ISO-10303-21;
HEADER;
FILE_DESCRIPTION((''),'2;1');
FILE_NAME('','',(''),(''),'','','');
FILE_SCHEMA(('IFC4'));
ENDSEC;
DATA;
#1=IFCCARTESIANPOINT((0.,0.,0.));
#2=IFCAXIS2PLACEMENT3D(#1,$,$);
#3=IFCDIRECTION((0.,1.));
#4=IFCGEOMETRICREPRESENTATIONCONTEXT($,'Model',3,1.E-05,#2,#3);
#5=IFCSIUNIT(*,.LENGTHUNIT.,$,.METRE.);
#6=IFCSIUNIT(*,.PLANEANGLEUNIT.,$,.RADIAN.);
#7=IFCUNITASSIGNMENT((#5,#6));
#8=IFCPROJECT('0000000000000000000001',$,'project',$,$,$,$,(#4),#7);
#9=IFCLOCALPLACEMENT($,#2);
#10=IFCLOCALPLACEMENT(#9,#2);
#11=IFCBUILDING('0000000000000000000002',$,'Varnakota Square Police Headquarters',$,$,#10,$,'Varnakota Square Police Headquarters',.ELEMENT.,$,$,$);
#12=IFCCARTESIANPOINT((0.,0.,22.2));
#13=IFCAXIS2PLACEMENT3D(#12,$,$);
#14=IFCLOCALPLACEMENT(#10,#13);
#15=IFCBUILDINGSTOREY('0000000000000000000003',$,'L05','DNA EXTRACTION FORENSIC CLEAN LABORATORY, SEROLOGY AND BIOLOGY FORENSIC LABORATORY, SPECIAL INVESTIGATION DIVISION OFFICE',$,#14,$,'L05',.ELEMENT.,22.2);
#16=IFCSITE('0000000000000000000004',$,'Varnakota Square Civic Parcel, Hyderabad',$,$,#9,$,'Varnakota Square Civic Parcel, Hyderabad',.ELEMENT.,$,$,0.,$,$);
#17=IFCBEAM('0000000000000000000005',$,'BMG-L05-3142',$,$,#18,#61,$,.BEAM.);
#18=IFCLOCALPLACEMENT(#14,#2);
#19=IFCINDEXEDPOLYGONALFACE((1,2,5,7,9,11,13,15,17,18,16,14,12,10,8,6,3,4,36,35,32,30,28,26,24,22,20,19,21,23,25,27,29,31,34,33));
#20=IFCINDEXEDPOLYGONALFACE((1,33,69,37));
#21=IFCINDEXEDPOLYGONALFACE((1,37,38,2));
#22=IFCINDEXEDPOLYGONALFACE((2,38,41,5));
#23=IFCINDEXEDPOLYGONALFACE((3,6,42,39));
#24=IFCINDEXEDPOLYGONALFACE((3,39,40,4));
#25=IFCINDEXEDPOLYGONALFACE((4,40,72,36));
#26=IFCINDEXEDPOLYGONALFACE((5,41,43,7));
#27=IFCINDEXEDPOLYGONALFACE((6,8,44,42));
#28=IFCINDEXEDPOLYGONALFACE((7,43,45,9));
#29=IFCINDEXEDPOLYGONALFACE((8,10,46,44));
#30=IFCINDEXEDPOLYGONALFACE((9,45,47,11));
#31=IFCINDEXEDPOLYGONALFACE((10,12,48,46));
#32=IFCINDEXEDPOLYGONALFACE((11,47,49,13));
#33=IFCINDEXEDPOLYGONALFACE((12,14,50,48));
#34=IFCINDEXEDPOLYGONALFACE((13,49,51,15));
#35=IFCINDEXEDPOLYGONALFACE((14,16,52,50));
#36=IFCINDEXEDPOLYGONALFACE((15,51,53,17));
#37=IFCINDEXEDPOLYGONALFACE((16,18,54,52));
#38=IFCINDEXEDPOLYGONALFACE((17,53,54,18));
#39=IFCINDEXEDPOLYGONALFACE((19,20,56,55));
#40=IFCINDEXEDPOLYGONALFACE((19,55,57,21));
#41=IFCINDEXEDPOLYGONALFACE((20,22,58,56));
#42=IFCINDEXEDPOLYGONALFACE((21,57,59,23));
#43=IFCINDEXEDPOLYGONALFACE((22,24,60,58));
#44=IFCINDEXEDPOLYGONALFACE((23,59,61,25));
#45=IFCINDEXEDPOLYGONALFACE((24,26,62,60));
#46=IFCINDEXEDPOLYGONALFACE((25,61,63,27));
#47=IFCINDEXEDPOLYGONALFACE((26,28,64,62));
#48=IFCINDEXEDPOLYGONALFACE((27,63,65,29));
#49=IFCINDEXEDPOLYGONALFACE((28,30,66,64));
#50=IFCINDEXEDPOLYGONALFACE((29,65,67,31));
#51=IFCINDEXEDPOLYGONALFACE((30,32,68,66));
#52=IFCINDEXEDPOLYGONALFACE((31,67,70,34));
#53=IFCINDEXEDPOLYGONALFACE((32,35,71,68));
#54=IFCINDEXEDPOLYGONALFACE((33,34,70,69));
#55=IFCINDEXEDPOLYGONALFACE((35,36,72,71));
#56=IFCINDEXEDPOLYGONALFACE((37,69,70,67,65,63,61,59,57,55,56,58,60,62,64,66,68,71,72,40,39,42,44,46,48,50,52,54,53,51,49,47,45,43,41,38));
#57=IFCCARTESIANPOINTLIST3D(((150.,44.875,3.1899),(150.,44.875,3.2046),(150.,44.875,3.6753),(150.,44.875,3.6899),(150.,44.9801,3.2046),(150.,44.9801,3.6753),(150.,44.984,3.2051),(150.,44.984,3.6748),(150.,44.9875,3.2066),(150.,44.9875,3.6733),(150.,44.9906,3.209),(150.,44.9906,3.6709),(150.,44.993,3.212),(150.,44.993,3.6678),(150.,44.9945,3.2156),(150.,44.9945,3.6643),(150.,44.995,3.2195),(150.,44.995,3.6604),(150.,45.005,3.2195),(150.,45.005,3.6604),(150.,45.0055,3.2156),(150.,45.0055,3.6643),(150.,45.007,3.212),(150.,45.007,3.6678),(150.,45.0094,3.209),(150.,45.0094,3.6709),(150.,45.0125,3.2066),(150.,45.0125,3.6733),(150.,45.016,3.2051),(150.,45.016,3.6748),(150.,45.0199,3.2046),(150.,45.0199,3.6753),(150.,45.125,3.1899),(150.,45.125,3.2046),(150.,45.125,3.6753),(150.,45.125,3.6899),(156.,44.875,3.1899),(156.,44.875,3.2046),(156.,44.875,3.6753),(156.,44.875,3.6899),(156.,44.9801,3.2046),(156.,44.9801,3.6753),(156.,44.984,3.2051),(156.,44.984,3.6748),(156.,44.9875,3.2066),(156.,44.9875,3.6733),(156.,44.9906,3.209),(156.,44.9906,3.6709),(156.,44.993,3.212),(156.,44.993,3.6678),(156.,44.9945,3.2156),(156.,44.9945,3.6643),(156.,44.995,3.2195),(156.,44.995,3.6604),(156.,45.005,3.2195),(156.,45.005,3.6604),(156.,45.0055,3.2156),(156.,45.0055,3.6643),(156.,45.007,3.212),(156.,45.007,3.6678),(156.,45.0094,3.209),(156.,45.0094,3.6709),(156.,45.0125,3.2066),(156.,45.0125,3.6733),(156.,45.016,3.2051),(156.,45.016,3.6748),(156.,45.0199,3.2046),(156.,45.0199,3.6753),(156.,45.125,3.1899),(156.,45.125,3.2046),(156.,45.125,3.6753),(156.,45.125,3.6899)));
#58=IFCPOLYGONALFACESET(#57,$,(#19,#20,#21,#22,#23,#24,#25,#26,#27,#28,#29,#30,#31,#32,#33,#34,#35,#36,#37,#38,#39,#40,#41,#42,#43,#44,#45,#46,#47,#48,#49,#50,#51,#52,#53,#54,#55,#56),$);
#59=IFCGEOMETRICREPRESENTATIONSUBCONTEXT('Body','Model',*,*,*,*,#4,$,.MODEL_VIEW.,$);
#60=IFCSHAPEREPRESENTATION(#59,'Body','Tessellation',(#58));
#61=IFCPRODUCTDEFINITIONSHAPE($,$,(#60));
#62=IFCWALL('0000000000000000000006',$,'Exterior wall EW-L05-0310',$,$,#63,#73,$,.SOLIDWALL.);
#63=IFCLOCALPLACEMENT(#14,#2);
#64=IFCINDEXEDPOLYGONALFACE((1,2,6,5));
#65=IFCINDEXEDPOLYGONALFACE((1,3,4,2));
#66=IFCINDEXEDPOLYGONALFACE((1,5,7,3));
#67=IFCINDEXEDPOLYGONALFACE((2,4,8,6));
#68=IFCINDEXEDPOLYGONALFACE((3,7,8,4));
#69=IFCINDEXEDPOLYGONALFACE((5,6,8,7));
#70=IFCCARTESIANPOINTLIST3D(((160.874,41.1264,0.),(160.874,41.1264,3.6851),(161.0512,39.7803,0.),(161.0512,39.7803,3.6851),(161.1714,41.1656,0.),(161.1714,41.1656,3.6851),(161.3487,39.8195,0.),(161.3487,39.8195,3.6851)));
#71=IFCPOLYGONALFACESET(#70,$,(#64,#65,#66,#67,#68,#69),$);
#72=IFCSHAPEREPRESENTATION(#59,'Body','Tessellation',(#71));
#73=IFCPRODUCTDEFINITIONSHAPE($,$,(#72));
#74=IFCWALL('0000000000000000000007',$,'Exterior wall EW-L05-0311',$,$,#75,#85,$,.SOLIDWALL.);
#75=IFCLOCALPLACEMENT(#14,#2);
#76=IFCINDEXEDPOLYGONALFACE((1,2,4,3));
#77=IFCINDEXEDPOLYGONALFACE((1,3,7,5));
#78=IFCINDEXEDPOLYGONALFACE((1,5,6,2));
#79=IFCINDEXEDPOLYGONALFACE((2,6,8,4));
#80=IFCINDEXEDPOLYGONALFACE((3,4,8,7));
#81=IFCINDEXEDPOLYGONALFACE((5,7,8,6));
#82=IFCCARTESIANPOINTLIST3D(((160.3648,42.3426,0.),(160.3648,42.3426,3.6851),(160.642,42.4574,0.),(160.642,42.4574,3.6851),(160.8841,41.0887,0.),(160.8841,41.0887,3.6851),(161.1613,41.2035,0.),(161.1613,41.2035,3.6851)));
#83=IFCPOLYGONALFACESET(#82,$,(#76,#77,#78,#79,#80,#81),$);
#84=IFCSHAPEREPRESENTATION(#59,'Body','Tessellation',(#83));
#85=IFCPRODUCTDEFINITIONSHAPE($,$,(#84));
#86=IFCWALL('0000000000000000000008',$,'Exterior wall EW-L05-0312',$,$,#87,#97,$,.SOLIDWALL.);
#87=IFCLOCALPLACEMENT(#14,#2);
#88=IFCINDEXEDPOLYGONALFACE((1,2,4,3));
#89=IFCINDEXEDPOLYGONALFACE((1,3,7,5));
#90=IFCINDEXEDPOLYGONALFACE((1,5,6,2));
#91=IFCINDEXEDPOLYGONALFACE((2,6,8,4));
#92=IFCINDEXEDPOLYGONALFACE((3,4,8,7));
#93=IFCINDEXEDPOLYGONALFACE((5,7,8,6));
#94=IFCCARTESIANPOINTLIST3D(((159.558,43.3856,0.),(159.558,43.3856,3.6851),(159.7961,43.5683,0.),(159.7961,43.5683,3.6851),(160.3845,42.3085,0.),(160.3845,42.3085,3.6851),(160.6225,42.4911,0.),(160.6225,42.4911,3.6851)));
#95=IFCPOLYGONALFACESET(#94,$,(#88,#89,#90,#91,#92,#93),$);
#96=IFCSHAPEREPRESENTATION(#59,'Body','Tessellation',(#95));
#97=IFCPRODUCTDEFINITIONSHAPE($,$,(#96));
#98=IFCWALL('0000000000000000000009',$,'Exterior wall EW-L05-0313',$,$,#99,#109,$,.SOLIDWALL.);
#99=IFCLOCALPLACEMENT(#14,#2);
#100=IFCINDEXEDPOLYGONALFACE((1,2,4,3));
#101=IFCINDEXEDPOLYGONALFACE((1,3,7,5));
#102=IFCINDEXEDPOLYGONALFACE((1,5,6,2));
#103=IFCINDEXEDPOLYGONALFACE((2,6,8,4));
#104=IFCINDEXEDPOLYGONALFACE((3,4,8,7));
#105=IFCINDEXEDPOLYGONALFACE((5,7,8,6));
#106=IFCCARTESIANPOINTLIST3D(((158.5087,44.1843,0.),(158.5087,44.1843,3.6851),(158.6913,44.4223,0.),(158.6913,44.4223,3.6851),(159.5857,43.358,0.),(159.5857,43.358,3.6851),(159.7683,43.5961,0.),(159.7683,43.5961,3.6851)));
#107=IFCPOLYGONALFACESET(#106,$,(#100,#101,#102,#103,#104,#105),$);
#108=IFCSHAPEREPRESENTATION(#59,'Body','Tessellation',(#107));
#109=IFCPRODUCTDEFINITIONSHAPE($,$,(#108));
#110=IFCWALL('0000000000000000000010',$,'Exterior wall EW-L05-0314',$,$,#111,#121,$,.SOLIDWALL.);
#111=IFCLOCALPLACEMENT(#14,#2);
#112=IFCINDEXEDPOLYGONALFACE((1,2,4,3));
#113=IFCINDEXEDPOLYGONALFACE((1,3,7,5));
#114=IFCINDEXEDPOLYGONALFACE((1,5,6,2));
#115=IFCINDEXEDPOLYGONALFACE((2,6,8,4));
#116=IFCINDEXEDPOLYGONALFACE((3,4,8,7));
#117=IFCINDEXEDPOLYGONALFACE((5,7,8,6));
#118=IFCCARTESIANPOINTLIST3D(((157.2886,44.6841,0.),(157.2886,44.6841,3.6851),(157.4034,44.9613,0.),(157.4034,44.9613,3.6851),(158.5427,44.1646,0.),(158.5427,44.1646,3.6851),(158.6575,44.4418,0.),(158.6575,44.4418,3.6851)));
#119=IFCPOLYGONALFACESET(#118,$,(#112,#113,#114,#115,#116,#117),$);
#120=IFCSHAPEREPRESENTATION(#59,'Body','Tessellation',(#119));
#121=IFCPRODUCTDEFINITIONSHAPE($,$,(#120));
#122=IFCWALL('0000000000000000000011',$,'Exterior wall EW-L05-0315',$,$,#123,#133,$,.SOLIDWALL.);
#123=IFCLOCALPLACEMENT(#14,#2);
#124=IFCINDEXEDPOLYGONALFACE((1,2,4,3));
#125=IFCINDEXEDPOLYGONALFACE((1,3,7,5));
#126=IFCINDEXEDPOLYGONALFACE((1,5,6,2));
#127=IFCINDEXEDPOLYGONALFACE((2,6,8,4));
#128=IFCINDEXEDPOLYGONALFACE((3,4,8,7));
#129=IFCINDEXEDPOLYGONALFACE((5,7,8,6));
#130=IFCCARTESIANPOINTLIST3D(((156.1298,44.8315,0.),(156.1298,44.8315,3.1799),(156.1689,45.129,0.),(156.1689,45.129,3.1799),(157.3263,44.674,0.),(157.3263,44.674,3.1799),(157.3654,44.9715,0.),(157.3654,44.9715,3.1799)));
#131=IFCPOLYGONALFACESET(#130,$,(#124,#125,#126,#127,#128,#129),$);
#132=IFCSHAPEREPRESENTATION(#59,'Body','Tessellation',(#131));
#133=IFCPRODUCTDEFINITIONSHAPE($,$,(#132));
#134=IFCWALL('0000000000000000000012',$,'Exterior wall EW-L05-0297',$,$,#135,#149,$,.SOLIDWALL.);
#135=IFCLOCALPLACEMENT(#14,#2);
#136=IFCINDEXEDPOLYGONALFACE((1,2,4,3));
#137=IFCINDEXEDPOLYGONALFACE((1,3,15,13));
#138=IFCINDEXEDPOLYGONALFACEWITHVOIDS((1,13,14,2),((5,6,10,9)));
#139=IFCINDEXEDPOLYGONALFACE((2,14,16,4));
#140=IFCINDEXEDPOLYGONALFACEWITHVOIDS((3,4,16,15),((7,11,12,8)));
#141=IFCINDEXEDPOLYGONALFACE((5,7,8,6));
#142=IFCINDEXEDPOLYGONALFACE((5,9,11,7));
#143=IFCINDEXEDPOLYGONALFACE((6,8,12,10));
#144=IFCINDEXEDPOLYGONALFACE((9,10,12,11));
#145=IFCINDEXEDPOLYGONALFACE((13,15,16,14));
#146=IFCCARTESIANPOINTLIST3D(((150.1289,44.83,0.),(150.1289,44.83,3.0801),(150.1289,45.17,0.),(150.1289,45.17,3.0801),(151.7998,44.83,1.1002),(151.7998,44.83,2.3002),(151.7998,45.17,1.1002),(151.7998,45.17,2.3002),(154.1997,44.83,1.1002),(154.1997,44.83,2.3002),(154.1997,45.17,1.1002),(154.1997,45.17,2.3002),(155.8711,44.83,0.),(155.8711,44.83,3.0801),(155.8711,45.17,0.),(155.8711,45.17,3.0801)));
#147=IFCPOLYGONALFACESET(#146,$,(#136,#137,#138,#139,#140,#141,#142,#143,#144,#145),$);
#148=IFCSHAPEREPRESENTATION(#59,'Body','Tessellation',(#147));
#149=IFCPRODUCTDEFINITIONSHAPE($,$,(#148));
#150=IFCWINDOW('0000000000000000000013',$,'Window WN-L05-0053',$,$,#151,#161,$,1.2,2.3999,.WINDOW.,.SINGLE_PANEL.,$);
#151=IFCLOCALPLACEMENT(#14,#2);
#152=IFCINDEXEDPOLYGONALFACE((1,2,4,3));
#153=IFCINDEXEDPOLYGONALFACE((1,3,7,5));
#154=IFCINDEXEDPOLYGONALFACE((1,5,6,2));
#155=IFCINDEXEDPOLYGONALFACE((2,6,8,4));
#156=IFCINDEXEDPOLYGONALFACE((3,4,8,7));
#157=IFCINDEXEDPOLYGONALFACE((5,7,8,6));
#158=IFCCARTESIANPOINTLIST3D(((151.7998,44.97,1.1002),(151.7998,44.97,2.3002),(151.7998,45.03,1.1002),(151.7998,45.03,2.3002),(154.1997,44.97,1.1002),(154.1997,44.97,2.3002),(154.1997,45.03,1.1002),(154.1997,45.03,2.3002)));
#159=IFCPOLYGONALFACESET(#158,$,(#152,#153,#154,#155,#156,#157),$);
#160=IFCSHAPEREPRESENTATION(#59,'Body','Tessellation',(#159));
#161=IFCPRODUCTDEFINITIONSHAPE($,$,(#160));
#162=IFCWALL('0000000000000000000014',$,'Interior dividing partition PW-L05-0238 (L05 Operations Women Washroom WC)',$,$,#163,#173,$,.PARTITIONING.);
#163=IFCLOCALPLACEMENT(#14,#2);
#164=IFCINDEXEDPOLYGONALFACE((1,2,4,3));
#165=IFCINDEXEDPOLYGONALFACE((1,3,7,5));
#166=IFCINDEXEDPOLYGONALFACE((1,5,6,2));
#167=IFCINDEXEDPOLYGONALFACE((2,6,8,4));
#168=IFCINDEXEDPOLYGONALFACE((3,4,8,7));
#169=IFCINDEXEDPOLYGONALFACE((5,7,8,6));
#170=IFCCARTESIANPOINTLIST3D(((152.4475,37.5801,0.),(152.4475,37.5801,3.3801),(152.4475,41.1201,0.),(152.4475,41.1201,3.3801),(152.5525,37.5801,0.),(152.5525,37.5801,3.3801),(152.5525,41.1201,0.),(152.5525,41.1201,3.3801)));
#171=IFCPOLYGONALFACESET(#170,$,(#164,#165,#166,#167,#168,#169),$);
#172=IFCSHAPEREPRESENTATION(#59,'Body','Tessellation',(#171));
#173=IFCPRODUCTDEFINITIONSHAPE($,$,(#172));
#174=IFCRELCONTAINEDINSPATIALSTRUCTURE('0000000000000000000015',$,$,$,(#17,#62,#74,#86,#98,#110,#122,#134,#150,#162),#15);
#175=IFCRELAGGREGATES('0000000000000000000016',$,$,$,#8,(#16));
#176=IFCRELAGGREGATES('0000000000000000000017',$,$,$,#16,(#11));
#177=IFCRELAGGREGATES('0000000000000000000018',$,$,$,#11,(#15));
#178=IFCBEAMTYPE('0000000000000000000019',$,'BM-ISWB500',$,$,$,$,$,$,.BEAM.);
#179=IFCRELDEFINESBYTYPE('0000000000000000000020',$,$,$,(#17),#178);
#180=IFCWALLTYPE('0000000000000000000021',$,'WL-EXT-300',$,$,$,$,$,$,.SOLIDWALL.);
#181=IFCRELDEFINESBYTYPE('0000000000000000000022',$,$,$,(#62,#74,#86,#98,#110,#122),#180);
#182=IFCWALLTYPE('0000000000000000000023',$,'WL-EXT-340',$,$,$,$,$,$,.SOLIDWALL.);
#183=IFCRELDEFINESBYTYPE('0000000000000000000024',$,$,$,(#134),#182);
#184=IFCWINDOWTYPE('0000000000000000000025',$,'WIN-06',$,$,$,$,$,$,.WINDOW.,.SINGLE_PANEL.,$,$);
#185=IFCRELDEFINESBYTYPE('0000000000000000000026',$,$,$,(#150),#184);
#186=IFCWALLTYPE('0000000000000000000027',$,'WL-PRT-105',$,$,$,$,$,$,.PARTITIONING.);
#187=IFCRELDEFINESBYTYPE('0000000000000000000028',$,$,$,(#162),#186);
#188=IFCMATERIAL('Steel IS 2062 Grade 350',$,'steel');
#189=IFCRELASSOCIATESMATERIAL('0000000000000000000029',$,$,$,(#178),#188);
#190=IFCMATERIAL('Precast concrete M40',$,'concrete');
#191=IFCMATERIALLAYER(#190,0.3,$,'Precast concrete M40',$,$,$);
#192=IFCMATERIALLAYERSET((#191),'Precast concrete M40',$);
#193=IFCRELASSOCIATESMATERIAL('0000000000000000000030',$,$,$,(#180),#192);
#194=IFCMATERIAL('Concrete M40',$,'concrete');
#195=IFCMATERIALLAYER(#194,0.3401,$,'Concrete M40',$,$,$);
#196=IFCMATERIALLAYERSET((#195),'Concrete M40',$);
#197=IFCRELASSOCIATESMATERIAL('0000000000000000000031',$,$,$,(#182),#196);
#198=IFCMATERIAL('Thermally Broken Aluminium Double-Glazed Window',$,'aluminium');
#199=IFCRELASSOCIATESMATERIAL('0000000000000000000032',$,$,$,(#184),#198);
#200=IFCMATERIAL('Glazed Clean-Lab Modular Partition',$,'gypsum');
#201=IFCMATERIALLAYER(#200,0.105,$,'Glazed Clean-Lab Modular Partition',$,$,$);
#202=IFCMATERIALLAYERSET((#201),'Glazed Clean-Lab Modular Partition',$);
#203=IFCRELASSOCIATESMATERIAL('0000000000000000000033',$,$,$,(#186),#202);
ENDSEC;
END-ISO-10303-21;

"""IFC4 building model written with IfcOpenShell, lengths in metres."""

from ifc_helpers import new_model, si_unit, direction, frame, frame_2d, origin, origin_2d, place, context, subcontext, project, spatial, rectangle, i_section, extrude, material, layer, layer_set, material_profile, profile_set, type_object, element, fill, save


model = new_model("IFC4")

# Units and contexts
model_context = context("Model", 3, precision=1e-05, world=origin(), true_north=direction((0.0, 1.0)))
body_context = subcontext(model_context, "Body", "Model", "MODEL_VIEW")
ifc_project = project(units=[si_unit("LENGTHUNIT", "METRE"), si_unit("PLANEANGLEUNIT", "RADIAN")], contexts=[model_context])

# Site, building, storey
site_placement = place(None, origin())
site = spatial("IfcSite", under=ifc_project, at=site_placement, Name="Varnakota Square Civic Parcel, Hyderabad", LongName="Varnakota Square Civic Parcel, Hyderabad", CompositionType="ELEMENT", RefElevation=0.0)
building_placement = place(site_placement, origin())
building = spatial("IfcBuilding", under=site, at=building_placement, Name="Varnakota Square Police Headquarters", LongName="Varnakota Square Police Headquarters", CompositionType="ELEMENT")
storey_placement = place(building_placement, frame((0.0, 0.0, 22.2)))
storey = spatial("IfcBuildingStorey", under=building, at=storey_placement, Name="L05", Description="DNA EXTRACTION FORENSIC CLEAN LABORATORY, SEROLOGY AND BIOLOGY FORENSIC LABORATORY, SPECIAL INVESTIGATION DIVISION OFFICE", LongName="L05", CompositionType="ELEMENT", Elevation=22.2)

# Shared definitions
ifc_material_1 = material(Name="Steel IS 2062 Grade 350", Category="steel")

# Beam
ifc_material_profile_1 = material_profile(ifc_material_1, i_section(OverallWidth=0.25, OverallDepth=0.5, WebThickness=0.01, FlangeThickness=0.0146, FilletRadius=0.0149, at=origin_2d()), Name="ISWB 500")
ifc_profile_set_1 = profile_set([ifc_material_profile_1], Name="Steel IS 2062 Grade 350")
beam_type_1 = type_object("IfcBeamType", Name="BM-ISWB500", PredefinedType="BEAM", material=ifc_profile_set_1)
beam_1_placement = place(storey_placement, frame((150.0, 45.0, 3.4399), z_axis=(1.0, 0.0, 0.0), x_axis=(0.0, 1.0, 0.0)))
element("IfcBeam", 1, at=beam_1_placement, inside=storey, type_object=beam_type_1, Name="BMG-L05-3142", PredefinedType="BEAM", context=body_context, shape_type="SweptSolid", body=[
    extrude(i_section(OverallWidth=0.25, OverallDepth=0.5, WebThickness=0.01, FlangeThickness=0.0146, FilletRadius=0.0149, at=origin_2d()), origin(), (0.0, 0.0, 1.0), 6.0),
])

# Walls
ifc_material_2 = material(Name="Precast concrete M40", Category="concrete")
ifc_layer_1 = layer(ifc_material_2, 0.3, Name="Precast concrete M40")
ifc_layer_set_1 = layer_set([ifc_layer_1], Name="Precast concrete M40")
wall_type_1 = type_object("IfcWallType", Name="WL-EXT-300", PredefinedType="SOLIDWALL", material=ifc_layer_set_1)
wall_1_placement = place(storey_placement, frame((161.2, 39.8, 0.0), z_axis=(0.0, 0.0, 1.0), x_axis=(-0.130562, 0.99144, 0.0)))
element("IfcWall", 2, at=wall_1_placement, inside=storey, type_object=wall_type_1, Name="Exterior wall EW-L05-0310", PredefinedType="SOLIDWALL", context=body_context, shape_type="SweptSolid", body=[
    extrude(rectangle(XDim=1.3577, YDim=0.3, at=frame_2d((0.6787, 0.0))), origin(), (0.0, 0.0, 1.0), 3.6851),
])
wall_2_placement = place(storey_placement, frame((161.0227, 41.146, 0.0), z_axis=(0.0, 0.0, 1.0), x_axis=(-0.382622, 0.923905, 0.0)))
element("IfcWall", 3, at=wall_2_placement, inside=storey, type_object=wall_type_1, Name="Exterior wall EW-L05-0311", PredefinedType="SOLIDWALL", context=body_context, shape_type="SweptSolid", body=[
    extrude(rectangle(XDim=1.3572, YDim=0.3, at=frame_2d((0.6787, 0.0))), origin(), (0.0, 0.0, 1.0), 3.6851),
])
wall_3_placement = place(storey_placement, frame((160.5034, 42.3999, 0.0), z_axis=(0.0, 0.0, 1.0), x_axis=(-0.608711, 0.793392, 0.0)))
element("IfcWall", 4, at=wall_3_placement, inside=storey, type_object=wall_type_1, Name="Exterior wall EW-L05-0312", PredefinedType="SOLIDWALL", context=body_context, shape_type="SweptSolid", body=[
    extrude(rectangle(XDim=1.3577, YDim=0.3, at=frame_2d((0.6787, 0.0))), origin(), (0.0, 0.0, 1.0), 3.6851),
])
for number, where, z_axis, x_axis, name in (
    (5, (159.677, 43.4771, 0.0), (0.0, 0.0, 1.0), (-0.793412, 0.608685, 0.0), "Exterior wall EW-L05-0313"),
    (6, (158.6001, 44.3032, 0.0), (0.0, 0.0, 1.0), (-0.923868, 0.382712, 0.0), "Exterior wall EW-L05-0314"),
):
    element("IfcWall", number, at=place(storey_placement, frame(where, z_axis=z_axis, x_axis=x_axis)), inside=storey, type_object=wall_type_1, Name=name, PredefinedType="SOLIDWALL", context=body_context, shape_type="SweptSolid", body=[
        extrude(rectangle(XDim=1.3574, YDim=0.3, at=frame_2d((0.6787, 0.0))), origin(), (0.0, 0.0, 1.0), 3.6851),
    ])
wall_4_placement = place(storey_placement, frame((157.3459, 44.8228, 0.0), z_axis=(0.0, 0.0, 1.0), x_axis=(-0.991451, 0.130481, 0.0)))
element("IfcWall", 7, at=wall_4_placement, inside=storey, type_object=wall_type_1, Name="Exterior wall EW-L05-0315", PredefinedType="SOLIDWALL", context=body_context, shape_type="SweptSolid", body=[
    extrude(rectangle(XDim=1.2068, YDim=0.3, at=frame_2d((0.6035, 0.0))), origin(), (0.0, 0.0, 1.0), 3.1799),
])

# Wall, opening, window
ifc_material_3 = material(Name="Concrete M40", Category="concrete")
ifc_layer_2 = layer(ifc_material_3, 0.3401, Name="Concrete M40")
ifc_layer_set_2 = layer_set([ifc_layer_2], Name="Concrete M40")
wall_type_2 = type_object("IfcWallType", Name="WL-EXT-340", PredefinedType="SOLIDWALL", material=ifc_layer_set_2)
wall_5_placement = place(storey_placement, frame((150.1289, 45.0, 0.0), z_axis=(0.0, 0.0, 1.0), x_axis=(1.0, 0.0, 0.0)))
wall_5 = element("IfcWall", 8, at=wall_5_placement, inside=storey, type_object=wall_type_2, Name="Exterior wall EW-L05-0297", PredefinedType="SOLIDWALL", context=body_context, shape_type="SweptSolid", body=[
    extrude(rectangle(XDim=5.7422, YDim=0.3401, at=frame_2d((2.8711, 0.0))), origin(), (0.0, 0.0, 1.0), 3.0801),
])
opening_1_placement = place(wall_5_placement, frame((1.6709, 0.0, 1.1001)))
opening_1 = element("IfcOpeningElement", 9, at=opening_1_placement, cuts=wall_5, PredefinedType="OPENING", context=body_context, shape_type="SweptSolid", body=[
    extrude(rectangle(XDim=2.3999, YDim=1.2, at=frame_2d((1.2, 0.6001))), frame((0.0, 0.1799, 0.0), z_axis=(0.0, -1.0, 0.0), x_axis=(1.0, 0.0, 0.0)), (0.0, 0.0, 1.0), 0.3601),
])
ifc_material_4 = material(Name="Thermally Broken Aluminium Double-Glazed Window", Category="aluminium")
window_type = type_object("IfcWindowType", Name="WIN-06", PartitioningType="SINGLE_PANEL", PredefinedType="WINDOW", material=ifc_material_4)
window_placement = place(opening_1_placement, origin())
window = element("IfcWindow", 10, at=window_placement, inside=storey, type_object=window_type, Name="Window WN-L05-0053", OverallHeight=1.2, OverallWidth=2.3999, PartitioningType="SINGLE_PANEL", PredefinedType="WINDOW", context=body_context, shape_type="SweptSolid", body=[
    extrude(rectangle(XDim=2.3999, YDim=1.2, at=frame_2d((1.2, 0.6001))), frame((0.0, 0.03, 0.0), z_axis=(0.0, -1.0, 0.0), x_axis=(1.0, 0.0, 0.0)), (0.0, 0.0, 1.0), 0.0601),
])
fill(opening_1, window)

# Wall
ifc_material_5 = material(Name="Glazed Clean-Lab Modular Partition", Category="gypsum")
ifc_layer_3 = layer(ifc_material_5, 0.105, Name="Glazed Clean-Lab Modular Partition")
ifc_layer_set_3 = layer_set([ifc_layer_3], Name="Glazed Clean-Lab Modular Partition")
wall_type_3 = type_object("IfcWallType", Name="WL-PRT-105", PredefinedType="PARTITIONING", material=ifc_layer_set_3)
wall_6_placement = place(storey_placement, frame((152.5, 41.1201, 0.0), z_axis=(0.0, 0.0, 1.0), x_axis=(0.0, -1.0, 0.0)))
element("IfcWall", 11, at=wall_6_placement, inside=storey, type_object=wall_type_3, Name="Interior dividing partition PW-L05-0238 (L05 Operations Women Washroom WC)", PredefinedType="PARTITIONING", context=body_context, shape_type="SweptSolid", body=[
    extrude(rectangle(XDim=3.54, YDim=0.105, at=frame_2d((1.77, 0.0))), origin(), (0.0, 0.0, 1.0), 3.3801),
])

save(model, "model.ifc")
